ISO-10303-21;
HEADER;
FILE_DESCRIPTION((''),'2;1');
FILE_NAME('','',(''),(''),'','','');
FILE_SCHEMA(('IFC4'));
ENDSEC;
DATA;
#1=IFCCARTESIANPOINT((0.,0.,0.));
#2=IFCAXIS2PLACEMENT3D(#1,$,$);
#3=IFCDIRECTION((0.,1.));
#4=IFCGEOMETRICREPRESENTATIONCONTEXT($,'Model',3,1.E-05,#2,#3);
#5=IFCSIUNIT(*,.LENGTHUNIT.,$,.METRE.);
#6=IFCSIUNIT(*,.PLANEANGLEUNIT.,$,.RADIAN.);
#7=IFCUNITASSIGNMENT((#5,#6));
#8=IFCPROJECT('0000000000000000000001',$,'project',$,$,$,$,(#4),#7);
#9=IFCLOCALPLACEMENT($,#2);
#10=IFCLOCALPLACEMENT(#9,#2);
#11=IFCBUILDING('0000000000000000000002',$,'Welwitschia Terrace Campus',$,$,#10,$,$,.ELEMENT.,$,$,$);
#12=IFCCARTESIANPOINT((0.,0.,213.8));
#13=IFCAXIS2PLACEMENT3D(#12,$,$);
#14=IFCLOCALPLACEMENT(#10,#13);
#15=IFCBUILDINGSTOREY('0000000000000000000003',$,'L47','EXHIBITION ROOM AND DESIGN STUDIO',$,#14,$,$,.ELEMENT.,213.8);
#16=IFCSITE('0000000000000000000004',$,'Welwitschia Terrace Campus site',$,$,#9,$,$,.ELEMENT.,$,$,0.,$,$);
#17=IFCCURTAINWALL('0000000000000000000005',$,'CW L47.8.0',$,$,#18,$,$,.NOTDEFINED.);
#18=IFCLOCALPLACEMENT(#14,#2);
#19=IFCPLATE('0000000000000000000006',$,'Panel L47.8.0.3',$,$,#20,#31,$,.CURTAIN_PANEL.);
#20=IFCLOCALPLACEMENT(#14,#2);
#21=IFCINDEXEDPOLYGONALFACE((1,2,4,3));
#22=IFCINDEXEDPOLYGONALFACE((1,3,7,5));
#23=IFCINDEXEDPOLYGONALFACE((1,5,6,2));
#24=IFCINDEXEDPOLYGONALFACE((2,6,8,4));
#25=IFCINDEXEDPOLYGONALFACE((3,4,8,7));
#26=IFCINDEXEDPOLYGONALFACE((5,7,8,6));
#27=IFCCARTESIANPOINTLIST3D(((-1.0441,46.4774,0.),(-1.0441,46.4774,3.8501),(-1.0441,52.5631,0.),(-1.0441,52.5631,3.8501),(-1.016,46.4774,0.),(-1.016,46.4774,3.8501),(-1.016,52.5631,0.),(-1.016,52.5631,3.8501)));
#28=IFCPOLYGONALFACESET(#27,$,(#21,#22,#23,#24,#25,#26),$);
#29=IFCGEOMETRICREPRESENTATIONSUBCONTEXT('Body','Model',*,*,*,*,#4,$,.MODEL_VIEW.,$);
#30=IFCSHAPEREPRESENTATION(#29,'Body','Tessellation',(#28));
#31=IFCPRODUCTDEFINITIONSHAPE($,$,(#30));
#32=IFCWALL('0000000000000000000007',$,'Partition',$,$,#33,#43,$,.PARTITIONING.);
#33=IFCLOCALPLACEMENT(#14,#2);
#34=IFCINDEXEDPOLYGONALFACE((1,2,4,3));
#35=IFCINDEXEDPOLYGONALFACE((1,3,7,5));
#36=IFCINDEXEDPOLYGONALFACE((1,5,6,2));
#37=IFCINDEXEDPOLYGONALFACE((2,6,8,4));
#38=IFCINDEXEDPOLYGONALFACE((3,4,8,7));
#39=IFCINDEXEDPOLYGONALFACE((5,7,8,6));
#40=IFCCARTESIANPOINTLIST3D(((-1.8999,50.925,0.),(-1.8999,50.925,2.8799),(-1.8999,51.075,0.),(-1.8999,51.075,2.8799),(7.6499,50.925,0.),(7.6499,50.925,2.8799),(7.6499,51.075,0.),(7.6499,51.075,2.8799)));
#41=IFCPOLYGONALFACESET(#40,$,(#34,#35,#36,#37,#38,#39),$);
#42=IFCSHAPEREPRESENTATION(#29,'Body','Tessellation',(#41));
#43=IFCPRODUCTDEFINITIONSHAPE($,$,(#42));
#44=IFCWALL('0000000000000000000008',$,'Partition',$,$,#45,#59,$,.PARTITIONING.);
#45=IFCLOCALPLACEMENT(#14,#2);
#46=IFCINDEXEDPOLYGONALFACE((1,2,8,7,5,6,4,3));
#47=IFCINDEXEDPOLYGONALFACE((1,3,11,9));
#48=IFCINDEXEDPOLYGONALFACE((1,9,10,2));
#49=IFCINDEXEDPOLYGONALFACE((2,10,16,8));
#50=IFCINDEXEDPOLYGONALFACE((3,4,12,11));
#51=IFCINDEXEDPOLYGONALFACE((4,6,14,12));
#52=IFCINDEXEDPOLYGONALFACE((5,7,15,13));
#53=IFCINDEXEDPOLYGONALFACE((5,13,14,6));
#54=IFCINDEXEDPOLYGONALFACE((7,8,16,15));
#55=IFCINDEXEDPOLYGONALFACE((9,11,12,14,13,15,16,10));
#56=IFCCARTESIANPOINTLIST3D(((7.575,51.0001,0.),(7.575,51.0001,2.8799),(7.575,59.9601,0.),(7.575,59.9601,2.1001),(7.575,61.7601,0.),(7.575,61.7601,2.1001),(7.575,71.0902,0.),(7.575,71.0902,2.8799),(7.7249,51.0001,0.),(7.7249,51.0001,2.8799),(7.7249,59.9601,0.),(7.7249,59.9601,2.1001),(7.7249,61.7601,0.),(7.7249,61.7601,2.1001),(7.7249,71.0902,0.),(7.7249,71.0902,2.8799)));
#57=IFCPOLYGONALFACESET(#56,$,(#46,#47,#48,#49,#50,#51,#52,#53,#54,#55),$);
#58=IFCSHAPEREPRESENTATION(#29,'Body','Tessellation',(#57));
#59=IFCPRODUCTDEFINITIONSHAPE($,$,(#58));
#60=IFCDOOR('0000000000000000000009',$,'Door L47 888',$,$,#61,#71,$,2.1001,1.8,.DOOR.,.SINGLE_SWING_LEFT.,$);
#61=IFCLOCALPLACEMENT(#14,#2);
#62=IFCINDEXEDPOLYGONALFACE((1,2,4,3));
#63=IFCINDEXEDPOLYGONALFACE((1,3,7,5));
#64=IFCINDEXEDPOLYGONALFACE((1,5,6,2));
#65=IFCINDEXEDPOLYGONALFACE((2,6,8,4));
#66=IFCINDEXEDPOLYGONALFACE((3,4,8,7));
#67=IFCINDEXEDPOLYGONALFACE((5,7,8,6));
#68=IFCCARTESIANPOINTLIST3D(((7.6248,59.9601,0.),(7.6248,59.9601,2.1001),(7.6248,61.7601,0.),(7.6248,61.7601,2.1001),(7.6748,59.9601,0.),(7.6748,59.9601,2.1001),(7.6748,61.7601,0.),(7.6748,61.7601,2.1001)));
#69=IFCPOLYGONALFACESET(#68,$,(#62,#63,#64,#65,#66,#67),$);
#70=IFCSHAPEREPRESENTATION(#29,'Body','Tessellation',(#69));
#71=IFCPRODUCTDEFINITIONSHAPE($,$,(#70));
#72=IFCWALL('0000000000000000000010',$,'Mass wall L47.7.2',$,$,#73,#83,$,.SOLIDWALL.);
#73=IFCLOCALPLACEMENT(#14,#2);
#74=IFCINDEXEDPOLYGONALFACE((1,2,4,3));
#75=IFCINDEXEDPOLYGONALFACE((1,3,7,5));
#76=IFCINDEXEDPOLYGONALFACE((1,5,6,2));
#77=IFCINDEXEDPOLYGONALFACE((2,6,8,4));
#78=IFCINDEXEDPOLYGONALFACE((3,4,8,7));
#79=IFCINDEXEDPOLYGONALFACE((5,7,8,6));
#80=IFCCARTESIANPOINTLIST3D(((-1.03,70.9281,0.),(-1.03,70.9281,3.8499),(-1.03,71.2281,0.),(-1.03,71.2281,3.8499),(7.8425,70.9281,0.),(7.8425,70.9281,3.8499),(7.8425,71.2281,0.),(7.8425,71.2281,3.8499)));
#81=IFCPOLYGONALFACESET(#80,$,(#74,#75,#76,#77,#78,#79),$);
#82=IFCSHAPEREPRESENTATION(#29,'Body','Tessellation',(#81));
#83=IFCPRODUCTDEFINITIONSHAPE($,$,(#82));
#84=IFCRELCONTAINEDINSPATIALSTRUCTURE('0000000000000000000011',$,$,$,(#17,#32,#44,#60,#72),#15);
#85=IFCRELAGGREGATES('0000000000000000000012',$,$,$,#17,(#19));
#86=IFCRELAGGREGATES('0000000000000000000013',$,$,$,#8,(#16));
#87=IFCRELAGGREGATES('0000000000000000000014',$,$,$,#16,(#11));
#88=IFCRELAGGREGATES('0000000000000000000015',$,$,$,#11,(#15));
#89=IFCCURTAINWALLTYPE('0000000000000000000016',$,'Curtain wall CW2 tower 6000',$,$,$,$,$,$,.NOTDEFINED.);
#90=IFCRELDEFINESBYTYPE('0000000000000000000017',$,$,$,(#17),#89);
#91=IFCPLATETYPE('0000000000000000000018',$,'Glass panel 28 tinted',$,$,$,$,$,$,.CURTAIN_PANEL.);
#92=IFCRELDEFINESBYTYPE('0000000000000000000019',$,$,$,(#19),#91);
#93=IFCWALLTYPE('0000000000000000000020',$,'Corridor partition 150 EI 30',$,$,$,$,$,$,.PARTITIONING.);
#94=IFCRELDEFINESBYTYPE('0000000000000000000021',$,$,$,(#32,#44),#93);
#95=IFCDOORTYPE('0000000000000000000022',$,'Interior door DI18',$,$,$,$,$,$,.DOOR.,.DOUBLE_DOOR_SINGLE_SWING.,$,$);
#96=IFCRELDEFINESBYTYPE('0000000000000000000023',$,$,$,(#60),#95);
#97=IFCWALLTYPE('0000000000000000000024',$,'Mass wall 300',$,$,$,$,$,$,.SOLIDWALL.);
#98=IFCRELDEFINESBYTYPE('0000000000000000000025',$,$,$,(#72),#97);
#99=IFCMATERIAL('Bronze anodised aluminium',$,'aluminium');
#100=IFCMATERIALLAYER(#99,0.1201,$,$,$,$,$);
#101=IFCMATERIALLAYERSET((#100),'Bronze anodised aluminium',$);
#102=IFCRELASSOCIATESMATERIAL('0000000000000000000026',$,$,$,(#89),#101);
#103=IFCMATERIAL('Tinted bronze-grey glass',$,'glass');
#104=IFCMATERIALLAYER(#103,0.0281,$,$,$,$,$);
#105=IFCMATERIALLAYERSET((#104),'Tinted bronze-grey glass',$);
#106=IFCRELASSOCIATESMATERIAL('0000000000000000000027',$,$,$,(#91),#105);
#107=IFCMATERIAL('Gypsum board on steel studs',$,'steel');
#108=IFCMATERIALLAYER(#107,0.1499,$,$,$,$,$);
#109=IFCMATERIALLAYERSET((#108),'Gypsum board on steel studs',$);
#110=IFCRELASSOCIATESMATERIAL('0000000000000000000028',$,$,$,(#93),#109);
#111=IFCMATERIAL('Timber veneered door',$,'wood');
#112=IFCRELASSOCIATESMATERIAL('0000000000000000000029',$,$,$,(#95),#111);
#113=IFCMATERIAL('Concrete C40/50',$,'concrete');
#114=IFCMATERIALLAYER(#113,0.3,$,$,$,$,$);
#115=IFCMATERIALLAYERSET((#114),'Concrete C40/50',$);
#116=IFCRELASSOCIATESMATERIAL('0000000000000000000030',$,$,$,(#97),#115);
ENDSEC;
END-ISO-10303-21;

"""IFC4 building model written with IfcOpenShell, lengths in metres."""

from ifc_helpers import new_model, si_unit, direction, frame, frame_2d, origin, origin_2d, place, context, subcontext, project, spatial, rectangle, extrude, material, layer, layer_set, type_object, element, fill, aggregate, save


model = new_model("IFC4")

# Units and contexts
model_context = context("Model", 3, precision=1e-05, world=origin(), true_north=direction((0.0, 1.0)))
body_context = subcontext(model_context, "Body", "Model", "MODEL_VIEW")
ifc_project = project(units=[si_unit("LENGTHUNIT", "METRE"), si_unit("PLANEANGLEUNIT", "RADIAN")], contexts=[model_context])

# Site, building, storey
site_placement = place(None, origin())
site = spatial("IfcSite", under=ifc_project, at=site_placement, Name="Welwitschia Terrace Campus site", CompositionType="ELEMENT", RefElevation=0.0)
building_placement = place(site_placement, origin())
building = spatial("IfcBuilding", under=site, at=building_placement, Name="Welwitschia Terrace Campus", CompositionType="ELEMENT")
storey_placement = place(building_placement, frame((0.0, 0.0, 213.8)))
storey = spatial("IfcBuildingStorey", under=building, at=storey_placement, Name="L47", Description="EXHIBITION ROOM AND DESIGN STUDIO", CompositionType="ELEMENT", Elevation=213.8)

# Curtain wall
ifc_material_1 = material(Name="Bronze anodised aluminium", Category="aluminium")
ifc_layer_1 = layer(ifc_material_1, 0.1201)
ifc_layer_set_1 = layer_set([ifc_layer_1], Name="Bronze anodised aluminium")
curtain_wall_type = type_object("IfcCurtainWallType", Name="Curtain wall CW2 tower 6000", PredefinedType="NOTDEFINED", material=ifc_layer_set_1)
curtain_wall_1_placement = place(storey_placement, origin())
curtain_wall_1 = element("IfcCurtainWall", 1, at=curtain_wall_1_placement, inside=storey, type_object=curtain_wall_type, Name="CW L47.8.0", PredefinedType="NOTDEFINED")

# Plate
ifc_material_2 = material(Name="Tinted bronze-grey glass", Category="glass")
ifc_layer_2 = layer(ifc_material_2, 0.0281)
ifc_layer_set_2 = layer_set([ifc_layer_2], Name="Tinted bronze-grey glass")
plate_type = type_object("IfcPlateType", Name="Glass panel 28 tinted", PredefinedType="CURTAIN_PANEL", material=ifc_layer_set_2)
plate_1_placement = place(storey_placement, frame((-1.03, 49.5203, 0.0), z_axis=(0.0, 0.0, 1.0), x_axis=(0.0, -1.0, 0.0)))
plate_1 = element("IfcPlate", 2, at=plate_1_placement, type_object=plate_type, Name="Panel L47.8.0.3", PredefinedType="CURTAIN_PANEL", context=body_context, shape_type="SweptSolid", body=[
    extrude(rectangle(XDim=6.0857, YDim=0.0281, at=origin_2d()), origin(), (0.0, 0.0, 1.0), 3.8501),
])
aggregate(curtain_wall_1, [plate_1])

# Wall
ifc_material_3 = material(Name="Gypsum board on steel studs", Category="steel")
ifc_layer_3 = layer(ifc_material_3, 0.1499)
ifc_layer_set_3 = layer_set([ifc_layer_3], Name="Gypsum board on steel studs")
wall_type_1 = type_object("IfcWallType", Name="Corridor partition 150 EI 30", PredefinedType="PARTITIONING", material=ifc_layer_set_3)
wall_1_placement = place(storey_placement, frame((-1.8999, 51.0, 0.0), z_axis=(0.0, 0.0, 1.0), x_axis=(1.0, 0.0, 0.0)))
element("IfcWall", 3, at=wall_1_placement, inside=storey, type_object=wall_type_1, Name="Partition", PredefinedType="PARTITIONING", context=body_context, shape_type="SweptSolid", body=[
    extrude(rectangle(XDim=9.5498, YDim=0.1499, at=frame_2d((4.7749, 0.0))), origin(), (0.0, 0.0, 1.0), 2.8799),
])

# Wall, opening, door
wall_2_placement = place(storey_placement, frame((7.6499, 71.0901, 0.0), z_axis=(0.0, 0.0, 1.0), x_axis=(0.0, -1.0, 0.0)))
wall_2 = element("IfcWall", 4, at=wall_2_placement, inside=storey, type_object=wall_type_1, Name="Partition", PredefinedType="PARTITIONING", context=body_context, shape_type="SweptSolid", body=[
    extrude(rectangle(XDim=20.0901, YDim=0.1499, at=frame_2d((10.0449, 0.0))), origin(), (0.0, 0.0, 1.0), 2.8799),
])
opening_placement = place(wall_2_placement, frame((9.3301, 0.0, 0.0)))
opening = element("IfcOpeningElement", 5, at=opening_placement, cuts=wall_2, PredefinedType="OPENING", context=body_context, shape_type="SweptSolid", body=[
    extrude(rectangle(XDim=1.8, YDim=2.1001, at=frame_2d((0.8999, 1.05))), frame((0.0, 0.085, 0.0), z_axis=(0.0, -1.0, 0.0), x_axis=(1.0, 0.0, 0.0)), (0.0, 0.0, 1.0), 0.1699),
])
ifc_material_4 = material(Name="Timber veneered door", Category="wood")
door_type = type_object("IfcDoorType", Name="Interior door DI18", OperationType="DOUBLE_DOOR_SINGLE_SWING", PredefinedType="DOOR", material=ifc_material_4)
door_placement = place(opening_placement, origin())
door = element("IfcDoor", 6, at=door_placement, inside=storey, type_object=door_type, Name="Door L47 888", OperationType="SINGLE_SWING_LEFT", OverallHeight=2.1001, OverallWidth=1.8, PredefinedType="DOOR", context=body_context, shape_type="SweptSolid", body=[
    extrude(rectangle(XDim=1.8, YDim=2.1001, at=frame_2d((0.8999, 1.05))), frame((0.0, 0.0249, 0.0), z_axis=(0.0, -1.0, 0.0), x_axis=(1.0, 0.0, 0.0)), (0.0, 0.0, 1.0), 0.05),
])
fill(opening, door)

# Wall
ifc_material_5 = material(Name="Concrete C40/50", Category="concrete")
ifc_layer_4 = layer(ifc_material_5, 0.3)
ifc_layer_set_4 = layer_set([ifc_layer_4], Name="Concrete C40/50")
wall_type_2 = type_object("IfcWallType", Name="Mass wall 300", PredefinedType="SOLIDWALL", material=ifc_layer_set_4)
wall_3_placement = place(storey_placement, frame((7.8425, 71.0781, 0.0), z_axis=(0.0, 0.0, 1.0), x_axis=(-1.0, 0.0, 0.0)))
element("IfcWall", 7, at=wall_3_placement, inside=storey, type_object=wall_type_2, Name="Mass wall L47.7.2", PredefinedType="SOLIDWALL", context=body_context, shape_type="SweptSolid", body=[
    extrude(rectangle(XDim=8.8726, YDim=0.3, at=frame_2d((4.4363, 0.0))), origin(), (0.0, 0.0, 1.0), 3.8499),
])

save(model, "model.ifc")
